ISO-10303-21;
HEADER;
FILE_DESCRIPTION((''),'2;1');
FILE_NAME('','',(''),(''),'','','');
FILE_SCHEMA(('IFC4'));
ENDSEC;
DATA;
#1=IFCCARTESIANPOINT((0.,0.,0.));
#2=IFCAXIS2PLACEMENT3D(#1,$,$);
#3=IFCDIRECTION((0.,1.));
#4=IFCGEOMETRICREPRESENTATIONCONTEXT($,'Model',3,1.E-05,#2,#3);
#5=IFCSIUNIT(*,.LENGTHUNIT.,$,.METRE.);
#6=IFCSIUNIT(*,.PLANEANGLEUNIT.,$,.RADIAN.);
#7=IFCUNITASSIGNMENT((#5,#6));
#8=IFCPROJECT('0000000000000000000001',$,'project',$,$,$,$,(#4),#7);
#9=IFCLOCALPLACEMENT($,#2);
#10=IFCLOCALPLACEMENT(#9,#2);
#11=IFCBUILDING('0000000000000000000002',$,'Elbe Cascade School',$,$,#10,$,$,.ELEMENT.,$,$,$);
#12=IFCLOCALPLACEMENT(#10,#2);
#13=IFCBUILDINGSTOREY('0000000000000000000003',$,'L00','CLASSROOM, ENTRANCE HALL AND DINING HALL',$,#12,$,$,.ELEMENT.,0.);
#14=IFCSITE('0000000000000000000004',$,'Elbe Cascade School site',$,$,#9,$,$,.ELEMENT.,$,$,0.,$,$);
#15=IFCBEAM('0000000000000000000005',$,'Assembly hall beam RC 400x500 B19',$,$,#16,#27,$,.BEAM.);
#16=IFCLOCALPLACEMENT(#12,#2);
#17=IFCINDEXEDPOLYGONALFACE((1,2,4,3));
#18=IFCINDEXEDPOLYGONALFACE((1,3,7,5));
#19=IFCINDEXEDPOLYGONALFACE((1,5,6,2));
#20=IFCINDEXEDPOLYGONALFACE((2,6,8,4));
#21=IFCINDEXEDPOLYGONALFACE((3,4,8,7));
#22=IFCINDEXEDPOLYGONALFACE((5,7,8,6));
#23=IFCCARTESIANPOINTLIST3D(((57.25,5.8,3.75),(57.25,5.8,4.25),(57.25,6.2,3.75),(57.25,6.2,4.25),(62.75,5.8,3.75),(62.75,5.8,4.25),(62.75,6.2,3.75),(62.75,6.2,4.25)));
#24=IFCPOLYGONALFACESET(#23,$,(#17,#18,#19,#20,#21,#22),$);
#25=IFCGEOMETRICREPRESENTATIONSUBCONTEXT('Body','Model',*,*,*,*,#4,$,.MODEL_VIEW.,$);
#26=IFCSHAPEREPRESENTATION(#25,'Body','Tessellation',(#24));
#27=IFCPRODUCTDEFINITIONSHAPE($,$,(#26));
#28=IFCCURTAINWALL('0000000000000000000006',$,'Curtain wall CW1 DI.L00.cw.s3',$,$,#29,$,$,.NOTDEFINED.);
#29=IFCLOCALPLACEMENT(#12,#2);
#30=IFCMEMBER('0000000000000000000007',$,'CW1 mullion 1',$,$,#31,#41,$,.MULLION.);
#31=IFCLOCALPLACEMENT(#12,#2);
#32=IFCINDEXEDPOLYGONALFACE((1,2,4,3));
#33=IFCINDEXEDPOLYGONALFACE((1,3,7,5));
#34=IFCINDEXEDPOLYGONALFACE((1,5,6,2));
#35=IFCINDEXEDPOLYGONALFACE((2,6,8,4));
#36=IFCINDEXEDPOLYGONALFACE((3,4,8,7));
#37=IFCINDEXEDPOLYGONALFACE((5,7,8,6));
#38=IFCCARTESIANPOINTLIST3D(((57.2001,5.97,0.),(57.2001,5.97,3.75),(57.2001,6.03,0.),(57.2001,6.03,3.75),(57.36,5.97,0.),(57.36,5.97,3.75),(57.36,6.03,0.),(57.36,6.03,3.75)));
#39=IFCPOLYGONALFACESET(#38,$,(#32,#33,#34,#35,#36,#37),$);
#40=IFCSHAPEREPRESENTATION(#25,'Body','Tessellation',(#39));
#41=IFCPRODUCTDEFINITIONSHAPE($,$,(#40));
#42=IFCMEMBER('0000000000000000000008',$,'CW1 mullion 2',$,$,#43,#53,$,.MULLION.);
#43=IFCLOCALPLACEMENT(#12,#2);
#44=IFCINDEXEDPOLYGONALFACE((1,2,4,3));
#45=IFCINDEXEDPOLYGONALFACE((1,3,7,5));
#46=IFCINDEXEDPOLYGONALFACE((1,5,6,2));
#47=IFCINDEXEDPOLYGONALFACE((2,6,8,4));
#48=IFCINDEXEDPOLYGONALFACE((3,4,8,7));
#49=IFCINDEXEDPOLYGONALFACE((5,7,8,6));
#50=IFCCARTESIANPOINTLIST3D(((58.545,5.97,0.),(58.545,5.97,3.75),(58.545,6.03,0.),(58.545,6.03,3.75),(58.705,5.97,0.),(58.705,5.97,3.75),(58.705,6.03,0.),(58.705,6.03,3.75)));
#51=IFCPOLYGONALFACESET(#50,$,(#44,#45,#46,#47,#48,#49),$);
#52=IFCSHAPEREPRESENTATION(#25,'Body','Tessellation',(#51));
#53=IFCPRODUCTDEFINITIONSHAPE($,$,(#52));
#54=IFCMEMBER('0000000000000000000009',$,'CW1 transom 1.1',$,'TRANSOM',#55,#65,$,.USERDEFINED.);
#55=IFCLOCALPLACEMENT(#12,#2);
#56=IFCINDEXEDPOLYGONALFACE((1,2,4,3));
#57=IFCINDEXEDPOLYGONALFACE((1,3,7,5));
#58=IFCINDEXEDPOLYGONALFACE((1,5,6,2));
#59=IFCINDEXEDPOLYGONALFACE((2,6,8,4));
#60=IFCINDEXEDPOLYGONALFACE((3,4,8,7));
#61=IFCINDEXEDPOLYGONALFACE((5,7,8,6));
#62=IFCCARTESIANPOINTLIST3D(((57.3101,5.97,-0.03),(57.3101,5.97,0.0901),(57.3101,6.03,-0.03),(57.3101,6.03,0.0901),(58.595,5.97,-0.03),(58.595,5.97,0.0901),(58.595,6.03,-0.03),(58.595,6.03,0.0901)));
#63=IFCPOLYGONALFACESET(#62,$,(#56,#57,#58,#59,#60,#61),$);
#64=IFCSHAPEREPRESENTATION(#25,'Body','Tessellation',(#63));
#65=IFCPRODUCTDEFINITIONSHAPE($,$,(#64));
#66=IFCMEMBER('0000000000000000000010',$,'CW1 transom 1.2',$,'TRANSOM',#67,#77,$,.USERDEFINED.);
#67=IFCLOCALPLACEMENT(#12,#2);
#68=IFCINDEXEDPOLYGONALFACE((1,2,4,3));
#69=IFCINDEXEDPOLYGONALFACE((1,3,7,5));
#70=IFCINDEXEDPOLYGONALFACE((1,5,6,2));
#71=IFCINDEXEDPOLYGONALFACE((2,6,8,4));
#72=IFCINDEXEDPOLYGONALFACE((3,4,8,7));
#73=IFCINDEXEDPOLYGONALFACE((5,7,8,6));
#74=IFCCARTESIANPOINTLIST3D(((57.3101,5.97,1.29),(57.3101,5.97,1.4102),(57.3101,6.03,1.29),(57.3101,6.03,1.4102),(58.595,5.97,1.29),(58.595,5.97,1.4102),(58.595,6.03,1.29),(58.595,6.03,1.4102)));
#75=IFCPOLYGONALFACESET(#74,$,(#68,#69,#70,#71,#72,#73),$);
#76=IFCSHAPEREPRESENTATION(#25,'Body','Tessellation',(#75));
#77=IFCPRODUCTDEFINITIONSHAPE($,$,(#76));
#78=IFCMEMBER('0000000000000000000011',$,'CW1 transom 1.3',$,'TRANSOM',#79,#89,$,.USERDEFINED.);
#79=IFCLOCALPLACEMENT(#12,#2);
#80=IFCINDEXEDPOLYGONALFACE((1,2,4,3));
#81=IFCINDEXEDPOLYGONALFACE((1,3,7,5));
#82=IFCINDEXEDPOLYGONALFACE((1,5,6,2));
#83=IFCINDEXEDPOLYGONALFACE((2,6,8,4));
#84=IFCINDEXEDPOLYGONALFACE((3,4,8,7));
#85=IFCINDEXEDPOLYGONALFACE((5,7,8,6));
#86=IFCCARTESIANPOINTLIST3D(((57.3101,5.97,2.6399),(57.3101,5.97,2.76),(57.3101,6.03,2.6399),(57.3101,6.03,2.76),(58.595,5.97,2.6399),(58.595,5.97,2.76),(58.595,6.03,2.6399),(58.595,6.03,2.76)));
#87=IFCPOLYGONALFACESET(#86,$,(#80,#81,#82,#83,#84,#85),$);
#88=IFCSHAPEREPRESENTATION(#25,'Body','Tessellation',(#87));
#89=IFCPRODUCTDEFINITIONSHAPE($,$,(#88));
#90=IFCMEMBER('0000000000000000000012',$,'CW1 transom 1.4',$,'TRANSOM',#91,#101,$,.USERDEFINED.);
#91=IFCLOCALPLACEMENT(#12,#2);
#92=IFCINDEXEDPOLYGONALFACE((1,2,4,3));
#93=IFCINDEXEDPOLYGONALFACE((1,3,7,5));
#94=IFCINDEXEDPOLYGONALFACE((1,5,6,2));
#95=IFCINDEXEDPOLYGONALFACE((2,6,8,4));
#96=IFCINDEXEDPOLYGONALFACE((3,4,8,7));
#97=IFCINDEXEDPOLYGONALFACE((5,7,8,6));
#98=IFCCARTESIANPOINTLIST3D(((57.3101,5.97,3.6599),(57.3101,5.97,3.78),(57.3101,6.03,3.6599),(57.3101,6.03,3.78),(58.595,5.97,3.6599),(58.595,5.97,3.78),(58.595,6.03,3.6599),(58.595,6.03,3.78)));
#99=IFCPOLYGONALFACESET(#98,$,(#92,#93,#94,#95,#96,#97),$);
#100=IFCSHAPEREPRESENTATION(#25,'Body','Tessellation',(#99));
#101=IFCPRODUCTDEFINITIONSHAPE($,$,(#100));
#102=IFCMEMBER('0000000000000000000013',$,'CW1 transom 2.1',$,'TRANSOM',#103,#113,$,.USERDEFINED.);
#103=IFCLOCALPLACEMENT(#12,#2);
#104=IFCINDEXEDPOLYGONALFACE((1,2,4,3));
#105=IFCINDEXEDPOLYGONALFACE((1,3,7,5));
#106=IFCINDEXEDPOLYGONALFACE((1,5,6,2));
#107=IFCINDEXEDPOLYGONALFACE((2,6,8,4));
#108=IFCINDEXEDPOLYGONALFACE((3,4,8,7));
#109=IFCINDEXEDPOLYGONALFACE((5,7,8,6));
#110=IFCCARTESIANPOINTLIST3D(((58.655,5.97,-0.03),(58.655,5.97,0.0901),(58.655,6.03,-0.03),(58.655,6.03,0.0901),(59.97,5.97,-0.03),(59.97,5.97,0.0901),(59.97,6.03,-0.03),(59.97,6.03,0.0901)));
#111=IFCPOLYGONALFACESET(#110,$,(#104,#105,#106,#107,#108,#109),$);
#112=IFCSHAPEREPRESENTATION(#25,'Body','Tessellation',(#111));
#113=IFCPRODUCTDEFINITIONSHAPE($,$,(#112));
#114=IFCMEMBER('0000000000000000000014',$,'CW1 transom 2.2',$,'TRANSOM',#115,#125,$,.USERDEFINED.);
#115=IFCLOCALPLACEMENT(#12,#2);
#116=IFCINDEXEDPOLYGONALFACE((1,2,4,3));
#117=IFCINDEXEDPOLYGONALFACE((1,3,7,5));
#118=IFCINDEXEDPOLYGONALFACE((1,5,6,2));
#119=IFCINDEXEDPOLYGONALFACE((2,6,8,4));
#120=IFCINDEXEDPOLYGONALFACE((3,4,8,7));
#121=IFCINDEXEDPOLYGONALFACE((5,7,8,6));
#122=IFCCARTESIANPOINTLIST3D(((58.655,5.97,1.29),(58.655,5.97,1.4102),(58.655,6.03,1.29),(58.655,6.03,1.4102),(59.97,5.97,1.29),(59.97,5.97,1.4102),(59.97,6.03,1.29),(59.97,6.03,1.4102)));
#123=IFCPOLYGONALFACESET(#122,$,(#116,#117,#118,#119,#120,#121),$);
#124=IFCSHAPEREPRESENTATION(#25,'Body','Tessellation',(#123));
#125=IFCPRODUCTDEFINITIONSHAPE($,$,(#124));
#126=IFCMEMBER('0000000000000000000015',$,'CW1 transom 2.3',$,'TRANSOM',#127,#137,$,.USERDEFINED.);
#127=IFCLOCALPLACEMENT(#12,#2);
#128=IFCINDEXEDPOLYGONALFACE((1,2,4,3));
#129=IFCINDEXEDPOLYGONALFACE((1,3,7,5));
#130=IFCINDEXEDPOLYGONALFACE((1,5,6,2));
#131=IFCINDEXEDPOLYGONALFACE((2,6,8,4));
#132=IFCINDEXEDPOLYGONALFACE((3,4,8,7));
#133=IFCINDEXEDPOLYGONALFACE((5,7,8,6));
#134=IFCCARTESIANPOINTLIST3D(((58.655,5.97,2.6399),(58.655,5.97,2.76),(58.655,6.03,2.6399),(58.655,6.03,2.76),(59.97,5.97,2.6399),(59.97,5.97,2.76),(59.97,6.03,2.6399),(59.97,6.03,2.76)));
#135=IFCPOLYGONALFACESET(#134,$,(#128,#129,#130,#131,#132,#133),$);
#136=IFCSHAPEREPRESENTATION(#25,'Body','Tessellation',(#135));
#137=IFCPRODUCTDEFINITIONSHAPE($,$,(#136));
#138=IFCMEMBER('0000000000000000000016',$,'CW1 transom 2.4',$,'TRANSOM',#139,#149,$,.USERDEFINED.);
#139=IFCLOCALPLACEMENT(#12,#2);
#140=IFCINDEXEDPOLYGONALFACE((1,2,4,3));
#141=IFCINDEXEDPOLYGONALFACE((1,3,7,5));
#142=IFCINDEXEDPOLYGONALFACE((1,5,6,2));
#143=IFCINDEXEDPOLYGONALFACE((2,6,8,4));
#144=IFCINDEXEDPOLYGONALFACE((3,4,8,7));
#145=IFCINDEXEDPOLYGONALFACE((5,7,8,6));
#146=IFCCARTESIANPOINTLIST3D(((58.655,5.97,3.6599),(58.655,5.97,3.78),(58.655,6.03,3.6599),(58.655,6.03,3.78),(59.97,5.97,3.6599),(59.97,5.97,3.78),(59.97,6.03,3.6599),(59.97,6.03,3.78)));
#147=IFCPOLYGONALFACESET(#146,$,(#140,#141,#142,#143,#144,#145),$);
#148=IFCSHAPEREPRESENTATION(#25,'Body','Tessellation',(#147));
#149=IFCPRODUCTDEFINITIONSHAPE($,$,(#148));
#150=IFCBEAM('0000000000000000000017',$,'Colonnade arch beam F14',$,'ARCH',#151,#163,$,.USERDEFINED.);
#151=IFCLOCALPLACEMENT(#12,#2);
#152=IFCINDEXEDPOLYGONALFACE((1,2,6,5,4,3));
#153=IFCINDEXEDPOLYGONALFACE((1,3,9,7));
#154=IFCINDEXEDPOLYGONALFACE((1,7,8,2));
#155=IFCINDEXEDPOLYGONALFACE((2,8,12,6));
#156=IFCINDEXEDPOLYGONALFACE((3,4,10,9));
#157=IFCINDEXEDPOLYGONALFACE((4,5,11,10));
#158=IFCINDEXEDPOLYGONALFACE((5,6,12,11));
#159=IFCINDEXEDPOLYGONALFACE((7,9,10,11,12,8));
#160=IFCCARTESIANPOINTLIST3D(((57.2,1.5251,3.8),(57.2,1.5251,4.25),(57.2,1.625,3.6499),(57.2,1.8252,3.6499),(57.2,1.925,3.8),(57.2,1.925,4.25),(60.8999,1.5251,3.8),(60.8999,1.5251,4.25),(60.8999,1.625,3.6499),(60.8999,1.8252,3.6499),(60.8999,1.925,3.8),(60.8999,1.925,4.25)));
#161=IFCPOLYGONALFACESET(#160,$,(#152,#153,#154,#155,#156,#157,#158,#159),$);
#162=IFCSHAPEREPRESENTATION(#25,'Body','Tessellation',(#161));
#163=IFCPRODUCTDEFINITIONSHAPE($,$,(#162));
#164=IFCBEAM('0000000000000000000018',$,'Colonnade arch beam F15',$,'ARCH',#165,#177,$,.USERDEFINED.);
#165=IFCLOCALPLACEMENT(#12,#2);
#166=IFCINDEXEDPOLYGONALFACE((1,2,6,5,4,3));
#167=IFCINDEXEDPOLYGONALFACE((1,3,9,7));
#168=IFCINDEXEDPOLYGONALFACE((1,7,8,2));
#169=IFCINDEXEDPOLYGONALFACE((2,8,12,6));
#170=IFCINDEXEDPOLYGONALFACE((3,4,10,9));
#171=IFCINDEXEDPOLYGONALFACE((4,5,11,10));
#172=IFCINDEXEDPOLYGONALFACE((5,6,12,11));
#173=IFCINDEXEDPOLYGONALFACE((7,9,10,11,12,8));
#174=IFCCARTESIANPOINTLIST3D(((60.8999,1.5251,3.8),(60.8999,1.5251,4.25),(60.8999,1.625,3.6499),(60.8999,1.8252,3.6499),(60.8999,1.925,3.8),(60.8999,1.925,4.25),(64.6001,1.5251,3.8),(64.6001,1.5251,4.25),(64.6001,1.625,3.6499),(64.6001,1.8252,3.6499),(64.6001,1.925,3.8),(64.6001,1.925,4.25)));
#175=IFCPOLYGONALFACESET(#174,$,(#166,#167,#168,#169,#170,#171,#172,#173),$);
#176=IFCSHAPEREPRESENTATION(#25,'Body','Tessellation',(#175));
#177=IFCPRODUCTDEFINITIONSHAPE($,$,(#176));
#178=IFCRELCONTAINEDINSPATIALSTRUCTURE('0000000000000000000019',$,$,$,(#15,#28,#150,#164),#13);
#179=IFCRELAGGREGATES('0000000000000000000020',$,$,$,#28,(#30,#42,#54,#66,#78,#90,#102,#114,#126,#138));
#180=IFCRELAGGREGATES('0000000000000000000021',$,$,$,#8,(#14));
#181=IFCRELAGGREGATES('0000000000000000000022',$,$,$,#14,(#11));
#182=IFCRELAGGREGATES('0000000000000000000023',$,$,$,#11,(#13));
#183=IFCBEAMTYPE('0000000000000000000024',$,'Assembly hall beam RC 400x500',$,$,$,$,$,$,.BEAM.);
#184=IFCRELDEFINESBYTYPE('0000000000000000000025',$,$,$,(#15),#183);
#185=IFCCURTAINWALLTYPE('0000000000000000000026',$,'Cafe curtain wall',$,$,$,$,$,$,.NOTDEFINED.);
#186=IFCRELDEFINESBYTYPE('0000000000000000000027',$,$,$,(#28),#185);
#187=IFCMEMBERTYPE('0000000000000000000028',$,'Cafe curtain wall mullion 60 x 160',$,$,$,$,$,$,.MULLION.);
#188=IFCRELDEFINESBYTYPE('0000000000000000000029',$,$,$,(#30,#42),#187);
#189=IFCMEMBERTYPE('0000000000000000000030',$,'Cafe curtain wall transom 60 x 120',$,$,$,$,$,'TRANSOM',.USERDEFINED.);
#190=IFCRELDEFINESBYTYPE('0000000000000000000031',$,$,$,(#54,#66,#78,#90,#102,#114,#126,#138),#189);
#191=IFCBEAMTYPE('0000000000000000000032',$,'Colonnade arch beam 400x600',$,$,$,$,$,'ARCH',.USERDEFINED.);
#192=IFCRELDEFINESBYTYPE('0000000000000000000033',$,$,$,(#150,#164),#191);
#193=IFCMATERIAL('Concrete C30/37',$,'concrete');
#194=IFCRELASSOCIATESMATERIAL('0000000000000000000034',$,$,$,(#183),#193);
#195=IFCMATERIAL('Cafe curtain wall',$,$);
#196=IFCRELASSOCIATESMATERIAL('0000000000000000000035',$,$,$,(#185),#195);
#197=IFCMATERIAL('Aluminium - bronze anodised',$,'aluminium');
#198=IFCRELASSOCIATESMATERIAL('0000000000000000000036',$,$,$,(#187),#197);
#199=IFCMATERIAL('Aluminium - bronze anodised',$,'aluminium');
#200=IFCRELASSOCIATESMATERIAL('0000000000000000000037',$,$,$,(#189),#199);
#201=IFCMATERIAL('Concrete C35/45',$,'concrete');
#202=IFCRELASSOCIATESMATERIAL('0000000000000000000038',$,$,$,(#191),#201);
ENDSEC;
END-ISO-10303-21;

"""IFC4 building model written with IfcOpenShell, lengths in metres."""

from ifc_helpers import new_model, si_unit, direction, frame, origin, origin_2d, place, context, subcontext, project, spatial, polyline, rectangle, outline, extrude, material, material_profile, profile_set, type_object, element, aggregate, save


model = new_model("IFC4")

# Units and contexts
model_context = context("Model", 3, precision=1e-05, world=origin(), true_north=direction((0.0, 1.0)))
body_context = subcontext(model_context, "Body", "Model", "MODEL_VIEW")
ifc_project = project(units=[si_unit("LENGTHUNIT", "METRE"), si_unit("PLANEANGLEUNIT", "RADIAN")], contexts=[model_context])

# Site, building, storey
site_placement = place(None, origin())
site = spatial("IfcSite", under=ifc_project, at=site_placement, Name="Elbe Cascade School site", CompositionType="ELEMENT", RefElevation=0.0)
building_placement = place(site_placement, origin())
building = spatial("IfcBuilding", under=site, at=building_placement, Name="Elbe Cascade School", CompositionType="ELEMENT")
storey_placement = place(building_placement, origin())
storey = spatial("IfcBuildingStorey", under=building, at=storey_placement, Name="L00", Description="CLASSROOM, ENTRANCE HALL AND DINING HALL", CompositionType="ELEMENT", Elevation=0.0)

# Beam
ifc_material_1 = material(Name="Concrete C30/37", Category="concrete")
ifc_material_profile_1 = material_profile(ifc_material_1, rectangle(XDim=0.3999, YDim=0.5, at=origin_2d()), Name="RC 400x500")
ifc_profile_set_1 = profile_set([ifc_material_profile_1], Name="Concrete C30/37")
beam_type_1 = type_object("IfcBeamType", Name="Assembly hall beam RC 400x500", PredefinedType="BEAM", material=ifc_profile_set_1)
beam_1_placement = place(storey_placement, frame((57.25, 6.0, 4.0), z_axis=(1.0, 0.0, 0.0), x_axis=(0.0, 1.0, 0.0)))
element("IfcBeam", 1, at=beam_1_placement, inside=storey, type_object=beam_type_1, Name="Assembly hall beam RC 400x500 B19", PredefinedType="BEAM", context=body_context, shape_type="SweptSolid", body=[
    extrude(rectangle(XDim=0.3999, YDim=0.5, at=origin_2d()), origin(), (0.0, 0.0, 1.0), 5.5),
])

# Curtain wall, members
ifc_material_2 = material(Name="Cafe curtain wall")
curtain_wall_type = type_object("IfcCurtainWallType", Name="Cafe curtain wall", PredefinedType="NOTDEFINED", material=ifc_material_2)
curtain_wall_placement = place(storey_placement, origin())
curtain_wall = element("IfcCurtainWall", 2, at=curtain_wall_placement, inside=storey, type_object=curtain_wall_type, Name="Curtain wall CW1 DI.L00.cw.s3", PredefinedType="NOTDEFINED")
ifc_material_3 = material(Name="Aluminium - bronze anodised", Category="aluminium")
ifc_material_profile_2 = material_profile(ifc_material_3, rectangle(XDim=0.0601, YDim=0.1599, at=origin_2d()), Name="RECT 60x160")
ifc_profile_set_2 = profile_set([ifc_material_profile_2], Name="Aluminium - bronze anodised")
member_type_1 = type_object("IfcMemberType", Name="Cafe curtain wall mullion 60 x 160", PredefinedType="MULLION", material=ifc_profile_set_2)
member_1_placement = place(storey_placement, frame((57.28, 6.0, 0.0), z_axis=(0.0, 0.0, 1.0), x_axis=(0.0, 1.0, 0.0)))
member_1 = element("IfcMember", 3, at=member_1_placement, type_object=member_type_1, Name="CW1 mullion 1", PredefinedType="MULLION", context=body_context, shape_type="SweptSolid", body=[
    extrude(rectangle(XDim=0.0601, YDim=0.1599, at=origin_2d()), origin(), (0.0, 0.0, 1.0), 3.75),
])
member_2_placement = place(storey_placement, frame((58.625, 6.0, 0.0), z_axis=(0.0, 0.0, 1.0), x_axis=(0.0, 1.0, 0.0)))
member_2 = element("IfcMember", 4, at=member_2_placement, type_object=member_type_1, Name="CW1 mullion 2", PredefinedType="MULLION", context=body_context, shape_type="SweptSolid", body=[
    extrude(rectangle(XDim=0.0601, YDim=0.1599, at=origin_2d()), origin(), (0.0, 0.0, 1.0), 3.75),
])
ifc_material_4 = material(Name="Aluminium - bronze anodised", Category="aluminium")
ifc_material_profile_3 = material_profile(ifc_material_4, rectangle(XDim=0.0601, YDim=0.1201, at=origin_2d()), Name="RECT 60x120")
ifc_profile_set_3 = profile_set([ifc_material_profile_3], Name="Aluminium - bronze anodised")
member_type_2 = type_object("IfcMemberType", Name="Cafe curtain wall transom 60 x 120", ElementType="TRANSOM", PredefinedType="USERDEFINED", material=ifc_profile_set_3)
member_3_placement = place(storey_placement, frame((57.3101, 6.0, 0.03), z_axis=(1.0, 0.0, 0.0), x_axis=(0.0, 1.0, 0.0)))
member_3 = element("IfcMember", 5, at=member_3_placement, type_object=member_type_2, Name="CW1 transom 1.1", ObjectType="TRANSOM", PredefinedType="USERDEFINED", context=body_context, shape_type="SweptSolid", body=[
    extrude(rectangle(XDim=0.0601, YDim=0.1201, at=origin_2d()), origin(), (0.0, 0.0, 1.0), 1.2849),
])
member_4_placement = place(storey_placement, frame((57.3101, 6.0, 1.3501), z_axis=(1.0, 0.0, 0.0), x_axis=(0.0, 1.0, 0.0)))
member_4 = element("IfcMember", 6, at=member_4_placement, type_object=member_type_2, Name="CW1 transom 1.2", ObjectType="TRANSOM", PredefinedType="USERDEFINED", context=body_context, shape_type="SweptSolid", body=[
    extrude(rectangle(XDim=0.0601, YDim=0.1201, at=origin_2d()), origin(), (0.0, 0.0, 1.0), 1.2849),
])
member_5_placement = place(storey_placement, frame((57.3101, 6.0, 2.7), z_axis=(1.0, 0.0, 0.0), x_axis=(0.0, 1.0, 0.0)))
member_5 = element("IfcMember", 7, at=member_5_placement, type_object=member_type_2, Name="CW1 transom 1.3", ObjectType="TRANSOM", PredefinedType="USERDEFINED", context=body_context, shape_type="SweptSolid", body=[
    extrude(rectangle(XDim=0.0601, YDim=0.1201, at=origin_2d()), origin(), (0.0, 0.0, 1.0), 1.2849),
])
member_6_placement = place(storey_placement, frame((57.3101, 6.0, 3.72), z_axis=(1.0, 0.0, 0.0), x_axis=(0.0, 1.0, 0.0)))
member_6 = element("IfcMember", 8, at=member_6_placement, type_object=member_type_2, Name="CW1 transom 1.4", ObjectType="TRANSOM", PredefinedType="USERDEFINED", context=body_context, shape_type="SweptSolid", body=[
    extrude(rectangle(XDim=0.0601, YDim=0.1201, at=origin_2d()), origin(), (0.0, 0.0, 1.0), 1.2849),
])
member_7_placement = place(storey_placement, frame((58.655, 6.0, 0.03), z_axis=(1.0, 0.0, 0.0), x_axis=(0.0, 1.0, 0.0)))
member_7 = element("IfcMember", 9, at=member_7_placement, type_object=member_type_2, Name="CW1 transom 2.1", ObjectType="TRANSOM", PredefinedType="USERDEFINED", context=body_context, shape_type="SweptSolid", body=[
    extrude(rectangle(XDim=0.0601, YDim=0.1201, at=origin_2d()), origin(), (0.0, 0.0, 1.0), 1.3149),
])
member_8_placement = place(storey_placement, frame((58.655, 6.0, 1.3501), z_axis=(1.0, 0.0, 0.0), x_axis=(0.0, 1.0, 0.0)))
member_8 = element("IfcMember", 10, at=member_8_placement, type_object=member_type_2, Name="CW1 transom 2.2", ObjectType="TRANSOM", PredefinedType="USERDEFINED", context=body_context, shape_type="SweptSolid", body=[
    extrude(rectangle(XDim=0.0601, YDim=0.1201, at=origin_2d()), origin(), (0.0, 0.0, 1.0), 1.3149),
])
member_9_placement = place(storey_placement, frame((58.655, 6.0, 2.7), z_axis=(1.0, 0.0, 0.0), x_axis=(0.0, 1.0, 0.0)))
member_9 = element("IfcMember", 11, at=member_9_placement, type_object=member_type_2, Name="CW1 transom 2.3", ObjectType="TRANSOM", PredefinedType="USERDEFINED", context=body_context, shape_type="SweptSolid", body=[
    extrude(rectangle(XDim=0.0601, YDim=0.1201, at=origin_2d()), origin(), (0.0, 0.0, 1.0), 1.3149),
])
member_10_placement = place(storey_placement, frame((58.655, 6.0, 3.72), z_axis=(1.0, 0.0, 0.0), x_axis=(0.0, 1.0, 0.0)))
member_10 = element("IfcMember", 12, at=member_10_placement, type_object=member_type_2, Name="CW1 transom 2.4", ObjectType="TRANSOM", PredefinedType="USERDEFINED", context=body_context, shape_type="SweptSolid", body=[
    extrude(rectangle(XDim=0.0601, YDim=0.1201, at=origin_2d()), origin(), (0.0, 0.0, 1.0), 1.3149),
])

# Beams
ifc_material_5 = material(Name="Concrete C35/45", Category="concrete")
ifc_material_profile_4 = material_profile(ifc_material_5, outline(polyline([(-0.2, 0.3), (0.2, 0.3), (0.2, -0.1499), (0.1001, -0.3), (-0.1001, -0.3), (-0.2, -0.1499), (-0.2, 0.3)])), Name="RC arch 400x600")
ifc_profile_set_4 = profile_set([ifc_material_profile_4], Name="Concrete C35/45")
beam_type_2 = type_object("IfcBeamType", Name="Colonnade arch beam 400x600", ElementType="ARCH", PredefinedType="USERDEFINED", material=ifc_profile_set_4)
beam_2_placement = place(storey_placement, frame((57.2, 1.7251, 3.95), z_axis=(1.0, 0.0, 0.0), x_axis=(0.0, 1.0, 0.0)))
element("IfcBeam", 13, at=beam_2_placement, inside=storey, type_object=beam_type_2, Name="Colonnade arch beam F14", ObjectType="ARCH", PredefinedType="USERDEFINED", context=body_context, shape_type="SweptSolid", body=[
    extrude(outline(polyline([(-0.2, 0.3), (0.2, 0.3), (0.2, -0.1499), (0.1001, -0.3), (-0.1001, -0.3), (-0.2, -0.1499), (-0.2, 0.3)])), origin(), (0.0, 0.0, 1.0), 3.7),
])
beam_3_placement = place(storey_placement, frame((60.8999, 1.7251, 3.95), z_axis=(1.0, 0.0, 0.0), x_axis=(0.0, 1.0, 0.0)))
element("IfcBeam", 14, at=beam_3_placement, inside=storey, type_object=beam_type_2, Name="Colonnade arch beam F15", ObjectType="ARCH", PredefinedType="USERDEFINED", context=body_context, shape_type="SweptSolid", body=[
    extrude(outline(polyline([(-0.2, 0.3), (0.2, 0.3), (0.2, -0.1499), (0.1001, -0.3), (-0.1001, -0.3), (-0.2, -0.1499), (-0.2, 0.3)])), origin(), (0.0, 0.0, 1.0), 3.7002),
])

aggregate(curtain_wall, [member_1, member_2, member_3, member_4, member_5, member_6, member_7, member_8, member_9, member_10])

save(model, "model.ifc")
